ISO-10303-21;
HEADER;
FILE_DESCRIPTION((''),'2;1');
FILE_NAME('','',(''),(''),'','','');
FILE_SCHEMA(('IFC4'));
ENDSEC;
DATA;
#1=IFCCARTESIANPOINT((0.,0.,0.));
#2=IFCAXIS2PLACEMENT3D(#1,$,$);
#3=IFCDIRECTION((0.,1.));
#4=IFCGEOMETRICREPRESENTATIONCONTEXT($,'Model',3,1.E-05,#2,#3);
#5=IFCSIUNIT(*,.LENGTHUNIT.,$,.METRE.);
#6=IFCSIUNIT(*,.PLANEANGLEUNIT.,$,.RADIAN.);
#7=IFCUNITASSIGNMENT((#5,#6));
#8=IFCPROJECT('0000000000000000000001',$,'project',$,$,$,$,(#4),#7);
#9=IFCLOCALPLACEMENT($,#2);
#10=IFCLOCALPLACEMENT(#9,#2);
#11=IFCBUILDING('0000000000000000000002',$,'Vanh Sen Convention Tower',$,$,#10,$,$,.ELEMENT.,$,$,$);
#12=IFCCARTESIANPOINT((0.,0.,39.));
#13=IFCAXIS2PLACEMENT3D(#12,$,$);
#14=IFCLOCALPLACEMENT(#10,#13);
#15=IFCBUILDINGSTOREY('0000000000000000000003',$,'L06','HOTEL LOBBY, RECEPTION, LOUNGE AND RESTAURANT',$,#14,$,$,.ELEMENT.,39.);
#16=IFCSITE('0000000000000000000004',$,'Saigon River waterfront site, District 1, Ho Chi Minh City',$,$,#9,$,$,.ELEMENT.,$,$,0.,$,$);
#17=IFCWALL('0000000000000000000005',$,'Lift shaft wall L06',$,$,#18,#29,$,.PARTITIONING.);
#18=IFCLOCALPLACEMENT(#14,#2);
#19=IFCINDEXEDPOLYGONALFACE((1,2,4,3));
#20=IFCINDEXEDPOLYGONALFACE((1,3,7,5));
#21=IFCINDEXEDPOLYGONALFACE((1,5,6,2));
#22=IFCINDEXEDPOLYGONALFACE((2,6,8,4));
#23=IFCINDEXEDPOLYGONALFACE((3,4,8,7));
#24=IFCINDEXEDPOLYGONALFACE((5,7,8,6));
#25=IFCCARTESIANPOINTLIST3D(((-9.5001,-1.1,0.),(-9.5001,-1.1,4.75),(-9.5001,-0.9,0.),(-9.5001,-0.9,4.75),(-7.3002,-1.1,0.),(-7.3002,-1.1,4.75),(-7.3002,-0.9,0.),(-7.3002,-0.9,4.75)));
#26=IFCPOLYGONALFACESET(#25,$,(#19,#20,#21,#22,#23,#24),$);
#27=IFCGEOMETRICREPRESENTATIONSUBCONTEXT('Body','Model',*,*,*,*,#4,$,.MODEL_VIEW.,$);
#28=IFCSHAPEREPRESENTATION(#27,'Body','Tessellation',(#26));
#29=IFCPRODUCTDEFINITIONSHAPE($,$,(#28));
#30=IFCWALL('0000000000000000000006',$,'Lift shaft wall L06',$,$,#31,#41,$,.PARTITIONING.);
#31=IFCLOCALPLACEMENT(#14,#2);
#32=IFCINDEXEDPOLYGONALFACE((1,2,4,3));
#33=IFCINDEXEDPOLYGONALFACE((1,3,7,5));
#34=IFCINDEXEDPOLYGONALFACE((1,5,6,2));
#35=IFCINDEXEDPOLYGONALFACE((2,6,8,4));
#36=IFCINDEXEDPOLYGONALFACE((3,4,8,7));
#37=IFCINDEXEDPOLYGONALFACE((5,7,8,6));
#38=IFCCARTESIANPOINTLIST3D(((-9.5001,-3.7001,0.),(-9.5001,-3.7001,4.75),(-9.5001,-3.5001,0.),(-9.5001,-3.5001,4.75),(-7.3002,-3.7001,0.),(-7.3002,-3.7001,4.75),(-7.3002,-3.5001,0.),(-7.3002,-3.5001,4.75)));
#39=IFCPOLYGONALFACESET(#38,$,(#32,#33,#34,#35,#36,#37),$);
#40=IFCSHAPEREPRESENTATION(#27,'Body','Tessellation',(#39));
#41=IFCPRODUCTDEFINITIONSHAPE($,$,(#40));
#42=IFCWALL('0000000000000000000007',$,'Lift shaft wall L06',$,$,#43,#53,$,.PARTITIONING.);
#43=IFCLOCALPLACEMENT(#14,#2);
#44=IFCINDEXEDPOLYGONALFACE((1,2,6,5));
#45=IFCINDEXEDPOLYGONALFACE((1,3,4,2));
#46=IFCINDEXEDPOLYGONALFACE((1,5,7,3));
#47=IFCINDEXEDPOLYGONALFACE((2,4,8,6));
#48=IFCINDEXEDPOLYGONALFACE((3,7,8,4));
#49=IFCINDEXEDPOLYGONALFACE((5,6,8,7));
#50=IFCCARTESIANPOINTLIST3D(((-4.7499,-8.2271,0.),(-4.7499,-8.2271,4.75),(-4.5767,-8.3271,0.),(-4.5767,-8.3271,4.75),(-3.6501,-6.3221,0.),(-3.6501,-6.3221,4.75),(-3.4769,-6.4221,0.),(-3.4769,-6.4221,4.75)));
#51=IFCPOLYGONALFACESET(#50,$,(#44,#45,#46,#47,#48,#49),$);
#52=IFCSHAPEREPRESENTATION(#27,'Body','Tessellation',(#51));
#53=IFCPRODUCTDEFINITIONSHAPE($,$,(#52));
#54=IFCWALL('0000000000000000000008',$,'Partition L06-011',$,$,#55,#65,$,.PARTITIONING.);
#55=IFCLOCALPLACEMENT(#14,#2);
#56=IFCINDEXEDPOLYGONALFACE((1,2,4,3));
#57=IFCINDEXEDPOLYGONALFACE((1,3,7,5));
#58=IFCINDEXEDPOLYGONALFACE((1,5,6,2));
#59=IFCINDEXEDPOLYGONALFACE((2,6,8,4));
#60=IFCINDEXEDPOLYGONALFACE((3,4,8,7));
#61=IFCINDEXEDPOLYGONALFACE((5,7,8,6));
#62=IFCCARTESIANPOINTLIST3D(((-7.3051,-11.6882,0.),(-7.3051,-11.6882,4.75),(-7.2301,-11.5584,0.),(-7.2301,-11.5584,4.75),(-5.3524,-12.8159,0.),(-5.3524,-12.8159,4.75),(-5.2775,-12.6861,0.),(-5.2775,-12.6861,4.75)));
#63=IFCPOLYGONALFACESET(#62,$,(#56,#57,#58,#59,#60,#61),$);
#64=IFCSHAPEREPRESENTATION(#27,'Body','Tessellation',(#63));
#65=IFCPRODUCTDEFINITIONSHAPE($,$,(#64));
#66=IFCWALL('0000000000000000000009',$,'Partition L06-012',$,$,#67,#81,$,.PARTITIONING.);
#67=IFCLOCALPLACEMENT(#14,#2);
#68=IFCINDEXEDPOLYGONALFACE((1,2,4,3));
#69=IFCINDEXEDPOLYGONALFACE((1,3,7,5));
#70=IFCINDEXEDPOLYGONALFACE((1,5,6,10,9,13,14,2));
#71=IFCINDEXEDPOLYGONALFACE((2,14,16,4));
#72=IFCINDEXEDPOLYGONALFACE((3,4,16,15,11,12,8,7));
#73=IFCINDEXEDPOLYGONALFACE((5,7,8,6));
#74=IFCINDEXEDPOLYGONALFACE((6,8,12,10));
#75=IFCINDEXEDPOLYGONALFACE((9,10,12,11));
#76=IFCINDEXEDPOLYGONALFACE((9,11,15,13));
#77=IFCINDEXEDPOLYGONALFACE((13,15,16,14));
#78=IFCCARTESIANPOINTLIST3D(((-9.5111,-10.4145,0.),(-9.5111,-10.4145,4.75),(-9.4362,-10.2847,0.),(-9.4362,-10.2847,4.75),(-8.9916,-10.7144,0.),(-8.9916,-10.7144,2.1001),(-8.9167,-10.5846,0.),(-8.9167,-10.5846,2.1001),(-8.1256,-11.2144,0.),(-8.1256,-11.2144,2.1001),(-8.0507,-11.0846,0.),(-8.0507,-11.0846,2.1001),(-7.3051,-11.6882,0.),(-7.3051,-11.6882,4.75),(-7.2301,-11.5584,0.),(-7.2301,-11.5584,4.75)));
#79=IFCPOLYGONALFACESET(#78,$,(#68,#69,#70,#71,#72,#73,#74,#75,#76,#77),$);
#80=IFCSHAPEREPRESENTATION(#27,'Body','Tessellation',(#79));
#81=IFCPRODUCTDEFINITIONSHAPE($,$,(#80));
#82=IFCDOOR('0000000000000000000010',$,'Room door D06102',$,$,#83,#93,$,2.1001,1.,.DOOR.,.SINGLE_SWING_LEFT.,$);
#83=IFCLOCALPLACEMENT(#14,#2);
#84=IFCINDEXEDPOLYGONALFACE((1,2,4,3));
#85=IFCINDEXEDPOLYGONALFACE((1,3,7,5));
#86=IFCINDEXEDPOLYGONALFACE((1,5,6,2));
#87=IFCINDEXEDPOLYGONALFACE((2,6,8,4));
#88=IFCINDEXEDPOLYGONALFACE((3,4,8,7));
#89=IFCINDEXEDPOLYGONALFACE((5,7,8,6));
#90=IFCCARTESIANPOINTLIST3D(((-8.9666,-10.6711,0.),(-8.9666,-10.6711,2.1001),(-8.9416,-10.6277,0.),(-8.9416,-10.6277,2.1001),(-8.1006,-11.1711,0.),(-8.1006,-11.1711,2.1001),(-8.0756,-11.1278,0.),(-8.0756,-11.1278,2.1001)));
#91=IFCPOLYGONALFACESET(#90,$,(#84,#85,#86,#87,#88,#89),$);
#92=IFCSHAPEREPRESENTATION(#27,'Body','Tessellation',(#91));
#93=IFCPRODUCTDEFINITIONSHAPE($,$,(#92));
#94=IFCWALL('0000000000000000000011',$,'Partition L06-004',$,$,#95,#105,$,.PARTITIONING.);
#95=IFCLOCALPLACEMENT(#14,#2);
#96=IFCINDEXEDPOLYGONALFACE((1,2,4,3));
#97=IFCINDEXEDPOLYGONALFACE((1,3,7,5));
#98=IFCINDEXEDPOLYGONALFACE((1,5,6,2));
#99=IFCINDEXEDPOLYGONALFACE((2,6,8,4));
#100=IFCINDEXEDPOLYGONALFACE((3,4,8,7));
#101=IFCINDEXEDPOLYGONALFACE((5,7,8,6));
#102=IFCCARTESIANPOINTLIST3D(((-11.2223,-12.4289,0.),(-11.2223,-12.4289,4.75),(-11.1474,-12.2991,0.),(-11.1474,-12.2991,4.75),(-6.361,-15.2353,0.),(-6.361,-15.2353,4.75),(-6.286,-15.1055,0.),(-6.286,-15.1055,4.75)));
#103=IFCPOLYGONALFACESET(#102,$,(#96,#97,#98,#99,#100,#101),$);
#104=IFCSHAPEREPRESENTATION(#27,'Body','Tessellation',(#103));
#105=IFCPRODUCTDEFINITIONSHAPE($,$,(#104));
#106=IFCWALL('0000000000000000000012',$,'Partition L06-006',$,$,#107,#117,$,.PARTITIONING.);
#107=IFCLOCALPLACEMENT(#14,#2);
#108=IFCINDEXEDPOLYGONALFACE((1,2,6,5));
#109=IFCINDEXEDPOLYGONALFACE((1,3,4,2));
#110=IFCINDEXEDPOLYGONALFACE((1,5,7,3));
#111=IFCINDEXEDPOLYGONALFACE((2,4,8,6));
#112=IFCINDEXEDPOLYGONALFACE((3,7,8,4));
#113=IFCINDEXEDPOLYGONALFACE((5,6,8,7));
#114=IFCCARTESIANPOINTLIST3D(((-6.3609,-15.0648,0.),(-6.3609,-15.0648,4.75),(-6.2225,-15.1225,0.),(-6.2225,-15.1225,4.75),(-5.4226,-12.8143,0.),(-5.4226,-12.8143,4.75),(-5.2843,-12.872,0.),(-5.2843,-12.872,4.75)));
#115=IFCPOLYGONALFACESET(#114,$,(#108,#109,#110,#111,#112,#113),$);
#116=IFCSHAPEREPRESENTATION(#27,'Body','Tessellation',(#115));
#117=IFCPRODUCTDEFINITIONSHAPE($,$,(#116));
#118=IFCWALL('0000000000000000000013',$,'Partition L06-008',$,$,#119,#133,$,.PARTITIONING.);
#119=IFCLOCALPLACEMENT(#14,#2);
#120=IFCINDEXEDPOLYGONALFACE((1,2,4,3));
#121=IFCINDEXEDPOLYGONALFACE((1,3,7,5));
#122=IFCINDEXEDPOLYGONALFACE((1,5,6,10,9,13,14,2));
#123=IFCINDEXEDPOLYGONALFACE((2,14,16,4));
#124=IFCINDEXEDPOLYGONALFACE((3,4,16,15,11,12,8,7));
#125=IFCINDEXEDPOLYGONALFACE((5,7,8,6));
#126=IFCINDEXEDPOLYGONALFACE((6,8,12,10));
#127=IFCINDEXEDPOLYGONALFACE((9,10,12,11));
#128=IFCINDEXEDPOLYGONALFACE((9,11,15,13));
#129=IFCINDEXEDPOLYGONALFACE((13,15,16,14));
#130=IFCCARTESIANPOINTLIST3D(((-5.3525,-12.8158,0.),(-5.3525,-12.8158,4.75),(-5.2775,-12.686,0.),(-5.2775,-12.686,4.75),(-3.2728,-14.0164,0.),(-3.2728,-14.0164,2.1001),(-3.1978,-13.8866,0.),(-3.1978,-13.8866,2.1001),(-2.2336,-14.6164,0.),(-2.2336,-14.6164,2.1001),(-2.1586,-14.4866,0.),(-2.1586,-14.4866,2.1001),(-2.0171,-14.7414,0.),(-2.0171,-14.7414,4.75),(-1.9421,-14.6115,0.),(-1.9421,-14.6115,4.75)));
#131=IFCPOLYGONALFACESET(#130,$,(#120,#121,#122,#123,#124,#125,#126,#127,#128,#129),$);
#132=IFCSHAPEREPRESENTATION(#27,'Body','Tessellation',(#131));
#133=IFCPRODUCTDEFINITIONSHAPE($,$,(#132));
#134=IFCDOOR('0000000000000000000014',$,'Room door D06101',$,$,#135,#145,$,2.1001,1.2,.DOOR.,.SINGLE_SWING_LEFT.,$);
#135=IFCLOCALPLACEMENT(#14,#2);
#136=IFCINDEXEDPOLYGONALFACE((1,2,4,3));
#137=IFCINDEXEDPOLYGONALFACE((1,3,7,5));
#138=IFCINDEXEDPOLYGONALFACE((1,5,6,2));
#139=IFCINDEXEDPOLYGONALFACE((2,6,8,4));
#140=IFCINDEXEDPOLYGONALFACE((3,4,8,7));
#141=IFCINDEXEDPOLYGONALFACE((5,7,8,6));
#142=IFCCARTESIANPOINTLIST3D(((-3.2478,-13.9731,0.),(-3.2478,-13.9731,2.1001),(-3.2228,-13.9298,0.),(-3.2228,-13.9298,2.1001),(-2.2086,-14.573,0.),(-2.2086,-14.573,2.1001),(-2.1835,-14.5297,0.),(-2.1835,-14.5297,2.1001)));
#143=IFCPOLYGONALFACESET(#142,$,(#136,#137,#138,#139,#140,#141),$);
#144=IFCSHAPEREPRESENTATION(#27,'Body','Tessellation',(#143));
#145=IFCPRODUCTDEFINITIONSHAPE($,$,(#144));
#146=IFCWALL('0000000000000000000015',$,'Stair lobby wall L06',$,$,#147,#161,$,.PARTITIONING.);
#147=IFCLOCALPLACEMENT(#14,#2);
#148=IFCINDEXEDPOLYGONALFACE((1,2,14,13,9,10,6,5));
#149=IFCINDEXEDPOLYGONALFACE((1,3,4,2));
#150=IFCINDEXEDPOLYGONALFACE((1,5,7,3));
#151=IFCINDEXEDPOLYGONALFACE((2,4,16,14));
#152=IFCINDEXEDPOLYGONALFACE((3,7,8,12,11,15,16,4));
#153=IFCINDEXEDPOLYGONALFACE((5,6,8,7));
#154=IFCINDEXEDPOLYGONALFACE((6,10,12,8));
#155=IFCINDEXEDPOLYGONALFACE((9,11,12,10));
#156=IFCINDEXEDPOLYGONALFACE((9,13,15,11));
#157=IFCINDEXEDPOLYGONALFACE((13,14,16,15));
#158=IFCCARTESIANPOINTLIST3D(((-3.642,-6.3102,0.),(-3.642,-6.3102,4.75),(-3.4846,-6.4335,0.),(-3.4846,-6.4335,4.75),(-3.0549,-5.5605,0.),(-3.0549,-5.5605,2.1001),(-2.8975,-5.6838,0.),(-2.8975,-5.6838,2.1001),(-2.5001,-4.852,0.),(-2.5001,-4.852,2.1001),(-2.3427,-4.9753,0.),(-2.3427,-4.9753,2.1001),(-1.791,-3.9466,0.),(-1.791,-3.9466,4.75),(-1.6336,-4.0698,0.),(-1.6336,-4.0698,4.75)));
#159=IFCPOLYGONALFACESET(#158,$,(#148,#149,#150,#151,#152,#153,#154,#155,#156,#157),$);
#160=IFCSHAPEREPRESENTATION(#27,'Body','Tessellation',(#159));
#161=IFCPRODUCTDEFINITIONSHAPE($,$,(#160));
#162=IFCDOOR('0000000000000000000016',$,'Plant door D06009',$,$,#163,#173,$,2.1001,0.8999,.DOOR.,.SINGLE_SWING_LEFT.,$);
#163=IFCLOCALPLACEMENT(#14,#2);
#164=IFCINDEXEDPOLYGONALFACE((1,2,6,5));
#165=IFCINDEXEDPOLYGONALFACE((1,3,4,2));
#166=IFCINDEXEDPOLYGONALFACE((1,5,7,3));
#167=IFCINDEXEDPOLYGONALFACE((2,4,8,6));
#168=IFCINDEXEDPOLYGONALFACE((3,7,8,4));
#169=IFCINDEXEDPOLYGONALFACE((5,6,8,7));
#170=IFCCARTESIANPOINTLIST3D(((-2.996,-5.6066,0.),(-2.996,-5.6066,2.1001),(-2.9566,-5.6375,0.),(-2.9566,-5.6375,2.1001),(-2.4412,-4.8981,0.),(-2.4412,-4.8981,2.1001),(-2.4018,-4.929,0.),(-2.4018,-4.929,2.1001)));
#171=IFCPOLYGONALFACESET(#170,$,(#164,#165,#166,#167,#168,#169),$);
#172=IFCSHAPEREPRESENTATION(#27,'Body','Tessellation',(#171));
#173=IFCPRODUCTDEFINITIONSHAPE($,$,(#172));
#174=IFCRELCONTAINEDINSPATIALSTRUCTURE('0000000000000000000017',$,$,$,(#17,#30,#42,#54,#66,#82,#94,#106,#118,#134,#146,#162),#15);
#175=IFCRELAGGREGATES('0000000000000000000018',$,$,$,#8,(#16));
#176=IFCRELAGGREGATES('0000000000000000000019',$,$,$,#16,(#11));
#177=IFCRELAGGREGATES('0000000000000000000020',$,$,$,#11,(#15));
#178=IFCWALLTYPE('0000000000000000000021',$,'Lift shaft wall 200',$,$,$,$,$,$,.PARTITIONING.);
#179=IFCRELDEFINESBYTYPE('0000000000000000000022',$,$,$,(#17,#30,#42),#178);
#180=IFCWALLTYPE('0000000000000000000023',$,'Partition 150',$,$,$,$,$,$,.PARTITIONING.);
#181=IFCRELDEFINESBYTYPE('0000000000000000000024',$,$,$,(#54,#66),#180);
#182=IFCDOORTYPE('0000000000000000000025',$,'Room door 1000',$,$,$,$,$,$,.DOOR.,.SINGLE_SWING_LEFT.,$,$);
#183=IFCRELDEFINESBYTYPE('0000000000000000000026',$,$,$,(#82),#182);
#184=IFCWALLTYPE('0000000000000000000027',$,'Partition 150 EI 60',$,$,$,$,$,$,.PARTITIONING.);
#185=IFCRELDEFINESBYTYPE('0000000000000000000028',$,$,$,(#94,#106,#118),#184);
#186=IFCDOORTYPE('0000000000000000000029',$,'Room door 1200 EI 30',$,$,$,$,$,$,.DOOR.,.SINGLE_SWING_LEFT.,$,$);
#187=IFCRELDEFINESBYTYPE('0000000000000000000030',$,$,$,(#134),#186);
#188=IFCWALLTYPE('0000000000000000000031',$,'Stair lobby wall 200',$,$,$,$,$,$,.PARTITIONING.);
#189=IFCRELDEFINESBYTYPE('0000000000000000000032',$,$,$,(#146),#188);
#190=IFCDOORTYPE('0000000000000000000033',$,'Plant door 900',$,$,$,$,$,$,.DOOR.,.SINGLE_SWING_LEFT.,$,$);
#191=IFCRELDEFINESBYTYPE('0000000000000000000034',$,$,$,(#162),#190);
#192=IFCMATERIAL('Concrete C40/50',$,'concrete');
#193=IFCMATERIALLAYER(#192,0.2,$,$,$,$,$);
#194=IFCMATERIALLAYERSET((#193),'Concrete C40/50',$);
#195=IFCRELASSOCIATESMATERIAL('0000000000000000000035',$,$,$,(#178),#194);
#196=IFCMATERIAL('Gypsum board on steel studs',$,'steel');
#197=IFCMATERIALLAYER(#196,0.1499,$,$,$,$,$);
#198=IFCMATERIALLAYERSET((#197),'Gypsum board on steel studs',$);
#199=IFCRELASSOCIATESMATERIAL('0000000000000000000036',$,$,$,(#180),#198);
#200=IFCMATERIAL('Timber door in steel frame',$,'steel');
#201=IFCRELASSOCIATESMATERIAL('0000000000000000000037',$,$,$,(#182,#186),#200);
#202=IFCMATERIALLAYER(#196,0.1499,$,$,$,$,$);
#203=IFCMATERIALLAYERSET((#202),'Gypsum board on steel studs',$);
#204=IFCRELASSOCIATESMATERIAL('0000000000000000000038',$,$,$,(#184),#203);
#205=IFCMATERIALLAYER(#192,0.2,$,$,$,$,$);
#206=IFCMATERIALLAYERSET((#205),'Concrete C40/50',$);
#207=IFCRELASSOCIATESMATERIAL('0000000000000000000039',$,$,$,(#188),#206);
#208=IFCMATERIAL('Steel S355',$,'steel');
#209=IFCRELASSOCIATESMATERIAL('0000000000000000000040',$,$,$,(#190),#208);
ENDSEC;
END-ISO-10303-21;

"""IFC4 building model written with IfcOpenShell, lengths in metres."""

from ifc_helpers import new_model, si_unit, direction, frame, frame_2d, origin, place, context, subcontext, project, spatial, rectangle, extrude, material, layer, layer_set, type_object, element, fill, save


model = new_model("IFC4")

# Units and contexts
model_context = context("Model", 3, precision=1e-05, world=origin(), true_north=direction((0.0, 1.0)))
body_context = subcontext(model_context, "Body", "Model", "MODEL_VIEW")
ifc_project = project(units=[si_unit("LENGTHUNIT", "METRE"), si_unit("PLANEANGLEUNIT", "RADIAN")], contexts=[model_context])

# Site, building, storey
site_placement = place(None, origin())
site = spatial("IfcSite", under=ifc_project, at=site_placement, Name="Saigon River waterfront site, District 1, Ho Chi Minh City", CompositionType="ELEMENT", RefElevation=0.0)
building_placement = place(site_placement, origin())
building = spatial("IfcBuilding", under=site, at=building_placement, Name="Vanh Sen Convention Tower", CompositionType="ELEMENT")
storey_placement = place(building_placement, frame((0.0, 0.0, 39.0)))
storey = spatial("IfcBuildingStorey", under=building, at=storey_placement, Name="L06", Description="HOTEL LOBBY, RECEPTION, LOUNGE AND RESTAURANT", CompositionType="ELEMENT", Elevation=39.0)

# Walls
ifc_material_1 = material(Name="Concrete C40/50", Category="concrete")
ifc_layer_1 = layer(ifc_material_1, 0.2)
ifc_layer_set_1 = layer_set([ifc_layer_1], Name="Concrete C40/50")
wall_type_1 = type_object("IfcWallType", Name="Lift shaft wall 200", PredefinedType="PARTITIONING", material=ifc_layer_set_1)
for number, where, z_axis, x_axis, name in (
    (1, (-7.3, -1.0, 0.0), (0.0, 0.0, 1.0), (-1.0, 0.0, 0.0), "Lift shaft wall L06"),
    (2, (-7.3, -3.6001, 0.0), (0.0, 0.0, 1.0), (-1.0, 0.0, 0.0), "Lift shaft wall L06"),
):
    element("IfcWall", number, at=place(storey_placement, frame(where, z_axis=z_axis, x_axis=x_axis)), inside=storey, type_object=wall_type_1, Name=name, PredefinedType="PARTITIONING", context=body_context, shape_type="SweptSolid", body=[
        extrude(rectangle(XDim=2.2, YDim=0.2, at=frame_2d((1.1001, 0.0))), origin(), (0.0, 0.0, 1.0), 4.75),
    ])
wall_1_placement = place(storey_placement, frame((-3.5635, -6.3721, 0.0), z_axis=(0.0, 0.0, 1.0), x_axis=(-0.499995, -0.866028, 0.0)))
element("IfcWall", 3, at=wall_1_placement, inside=storey, type_object=wall_type_1, Name="Lift shaft wall L06", PredefinedType="PARTITIONING", context=body_context, shape_type="SweptSolid", body=[
    extrude(rectangle(XDim=2.1997, YDim=0.2, at=frame_2d((1.0999, 0.0))), origin(), (0.0, 0.0, 1.0), 4.75),
])
ifc_material_2 = material(Name="Gypsum board on steel studs", Category="steel")
ifc_layer_2 = layer(ifc_material_2, 0.1499)
ifc_layer_set_2 = layer_set([ifc_layer_2], Name="Gypsum board on steel studs")
wall_type_2 = type_object("IfcWallType", Name="Partition 150", PredefinedType="PARTITIONING", material=ifc_layer_set_2)
wall_2_placement = place(storey_placement, frame((-7.2676, -11.6233, 0.0), z_axis=(0.0, 0.0, 1.0), x_axis=(0.865962, -0.50011, 0.0)))
element("IfcWall", 4, at=wall_2_placement, inside=storey, type_object=wall_type_2, Name="Partition L06-011", PredefinedType="PARTITIONING", context=body_context, shape_type="SweptSolid", body=[
    extrude(rectangle(XDim=2.2549, YDim=0.1499, at=frame_2d((1.1274, 0.0))), origin(), (0.0, 0.0, 1.0), 4.75),
])

# Wall, opening, door
wall_3_placement = place(storey_placement, frame((-7.2676, -11.6233, 0.0), z_axis=(0.0, 0.0, 1.0), x_axis=(-0.866023, 0.500005, 0.0)))
wall_3 = element("IfcWall", 5, at=wall_3_placement, inside=storey, type_object=wall_type_2, Name="Partition L06-012", PredefinedType="PARTITIONING", context=body_context, shape_type="SweptSolid", body=[
    extrude(rectangle(XDim=2.5474, YDim=0.1499, at=frame_2d((1.2737, 0.0))), origin(), (0.0, 0.0, 1.0), 4.75),
])
opening_1_placement = place(wall_3_placement, frame((0.9475, 0.0, 0.0)))
opening_1 = element("IfcOpeningElement", 6, at=opening_1_placement, cuts=wall_3, PredefinedType="OPENING", context=body_context, shape_type="SweptSolid", body=[
    extrude(rectangle(XDim=1.0, YDim=2.1001, at=frame_2d((0.5, 1.05))), frame((0.0, 0.085, 0.0), z_axis=(0.0, -1.0, 0.0), x_axis=(1.0, 0.0, 0.0)), (0.0, 0.0, 1.0), 0.1699),
])
ifc_material_3 = material(Name="Timber door in steel frame", Category="steel")
door_type_1 = type_object("IfcDoorType", Name="Room door 1000", OperationType="SINGLE_SWING_LEFT", PredefinedType="DOOR", material=ifc_material_3)
door_1_placement = place(opening_1_placement, origin())
door_1 = element("IfcDoor", 7, at=door_1_placement, inside=storey, type_object=door_type_1, Name="Room door D06102", OperationType="SINGLE_SWING_LEFT", OverallHeight=2.1001, OverallWidth=1.0, PredefinedType="DOOR", context=body_context, shape_type="SweptSolid", body=[
    extrude(rectangle(XDim=1.0, YDim=2.1001, at=frame_2d((0.5, 1.05))), frame((0.0, 0.0249, 0.0), z_axis=(0.0, -1.0, 0.0), x_axis=(1.0, 0.0, 0.0)), (0.0, 0.0, 1.0), 0.05),
])
fill(opening_1, door_1)

# Walls
ifc_layer_3 = layer(ifc_material_2, 0.1499)
ifc_layer_set_3 = layer_set([ifc_layer_3], Name="Gypsum board on steel studs")
wall_type_3 = type_object("IfcWallType", Name="Partition 150 EI 60", PredefinedType="PARTITIONING", material=ifc_layer_set_3)
wall_4_placement = place(storey_placement, frame((-6.3235, -15.1704, 0.0), z_axis=(0.0, 0.0, 1.0), x_axis=(-0.866048, 0.499961, 0.0)))
element("IfcWall", 8, at=wall_4_placement, inside=storey, type_object=wall_type_3, Name="Partition L06-004", PredefinedType="PARTITIONING", context=body_context, shape_type="SweptSolid", body=[
    extrude(rectangle(XDim=5.6133, YDim=0.1499, at=frame_2d((2.8066, 0.0))), origin(), (0.0, 0.0, 1.0), 4.75),
])
wall_5_placement = place(storey_placement, frame((-6.2917, -15.0938, 0.0), z_axis=(0.0, 0.0, 1.0), x_axis=(0.3848, 0.923, 0.0)))
element("IfcWall", 9, at=wall_5_placement, inside=storey, type_object=wall_type_3, Name="Partition L06-006", PredefinedType="PARTITIONING", context=body_context, shape_type="SweptSolid", body=[
    extrude(rectangle(XDim=2.4382, YDim=0.1499, at=frame_2d((1.2192, 0.0))), origin(), (0.0, 0.0, 1.0), 4.75),
])

# Walls, openings, doors
wall_6_placement = place(storey_placement, frame((-1.9795, -14.6765, 0.0), z_axis=(0.0, 0.0, 1.0), x_axis=(-0.866046, 0.499964, 0.0)))
wall_6 = element("IfcWall", 10, at=wall_6_placement, inside=storey, type_object=wall_type_3, Name="Partition L06-008", PredefinedType="PARTITIONING", context=body_context, shape_type="SweptSolid", body=[
    extrude(rectangle(XDim=3.8513, YDim=0.1499, at=frame_2d((1.9258, 0.0))), origin(), (0.0, 0.0, 1.0), 4.75),
])
opening_2_placement = place(wall_6_placement, frame((0.25, 0.0, 0.0)))
opening_2 = element("IfcOpeningElement", 11, at=opening_2_placement, cuts=wall_6, PredefinedType="OPENING", context=body_context, shape_type="SweptSolid", body=[
    extrude(rectangle(XDim=1.2, YDim=2.1001, at=frame_2d((0.6001, 1.05))), frame((0.0, 0.085, 0.0), z_axis=(0.0, -1.0, 0.0), x_axis=(1.0, 0.0, 0.0)), (0.0, 0.0, 1.0), 0.1699),
])
door_type_2 = type_object("IfcDoorType", Name="Room door 1200 EI 30", OperationType="SINGLE_SWING_LEFT", PredefinedType="DOOR", material=ifc_material_3)
door_2_placement = place(opening_2_placement, origin())
door_2 = element("IfcDoor", 12, at=door_2_placement, inside=storey, type_object=door_type_2, Name="Room door D06101", OperationType="SINGLE_SWING_LEFT", OverallHeight=2.1001, OverallWidth=1.2, PredefinedType="DOOR", context=body_context, shape_type="SweptSolid", body=[
    extrude(rectangle(XDim=1.2, YDim=2.1001, at=frame_2d((0.6001, 1.05))), frame((0.0, 0.0249, 0.0), z_axis=(0.0, -1.0, 0.0), x_axis=(1.0, 0.0, 0.0)), (0.0, 0.0, 1.0), 0.05),
])
fill(opening_2, door_2)
ifc_layer_4 = layer(ifc_material_1, 0.2)
ifc_layer_set_4 = layer_set([ifc_layer_4], Name="Concrete C40/50")
wall_type_4 = type_object("IfcWallType", Name="Stair lobby wall 200", PredefinedType="PARTITIONING", material=ifc_layer_set_4)
wall_7_placement = place(storey_placement, frame((-1.7124, -4.0083, 0.0), z_axis=(0.0, 0.0, 1.0), x_axis=(-0.616549, -0.787316, 0.0)))
wall_7 = element("IfcWall", 13, at=wall_7_placement, inside=storey, type_object=wall_type_4, Name="Stair lobby wall L06", PredefinedType="PARTITIONING", context=body_context, shape_type="SweptSolid", body=[
    extrude(rectangle(XDim=3.0022, YDim=0.2, at=frame_2d((1.501, 0.0))), origin(), (0.0, 0.0, 1.0), 4.75),
])
opening_3_placement = place(wall_7_placement, frame((1.1499, 0.0, 0.0)))
opening_3 = element("IfcOpeningElement", 14, at=opening_3_placement, cuts=wall_7, PredefinedType="OPENING", context=body_context, shape_type="SweptSolid", body=[
    extrude(rectangle(XDim=0.8999, YDim=2.1001, at=frame_2d((0.45, 1.05))), frame((0.0, 0.1099, 0.0), z_axis=(0.0, -1.0, 0.0), x_axis=(1.0, 0.0, 0.0)), (0.0, 0.0, 1.0), 0.22),
])
ifc_material_4 = material(Name="Steel S355", Category="steel")
door_type_3 = type_object("IfcDoorType", Name="Plant door 900", OperationType="SINGLE_SWING_LEFT", PredefinedType="DOOR", material=ifc_material_4)
door_3_placement = place(opening_3_placement, origin())
door_3 = element("IfcDoor", 15, at=door_3_placement, inside=storey, type_object=door_type_3, Name="Plant door D06009", OperationType="SINGLE_SWING_LEFT", OverallHeight=2.1001, OverallWidth=0.8999, PredefinedType="DOOR", context=body_context, shape_type="SweptSolid", body=[
    extrude(rectangle(XDim=0.8999, YDim=2.1001, at=frame_2d((0.45, 1.05))), frame((0.0, 0.0249, 0.0), z_axis=(0.0, -1.0, 0.0), x_axis=(1.0, 0.0, 0.0)), (0.0, 0.0, 1.0), 0.05),
])
fill(opening_3, door_3)

save(model, "model.ifc")
